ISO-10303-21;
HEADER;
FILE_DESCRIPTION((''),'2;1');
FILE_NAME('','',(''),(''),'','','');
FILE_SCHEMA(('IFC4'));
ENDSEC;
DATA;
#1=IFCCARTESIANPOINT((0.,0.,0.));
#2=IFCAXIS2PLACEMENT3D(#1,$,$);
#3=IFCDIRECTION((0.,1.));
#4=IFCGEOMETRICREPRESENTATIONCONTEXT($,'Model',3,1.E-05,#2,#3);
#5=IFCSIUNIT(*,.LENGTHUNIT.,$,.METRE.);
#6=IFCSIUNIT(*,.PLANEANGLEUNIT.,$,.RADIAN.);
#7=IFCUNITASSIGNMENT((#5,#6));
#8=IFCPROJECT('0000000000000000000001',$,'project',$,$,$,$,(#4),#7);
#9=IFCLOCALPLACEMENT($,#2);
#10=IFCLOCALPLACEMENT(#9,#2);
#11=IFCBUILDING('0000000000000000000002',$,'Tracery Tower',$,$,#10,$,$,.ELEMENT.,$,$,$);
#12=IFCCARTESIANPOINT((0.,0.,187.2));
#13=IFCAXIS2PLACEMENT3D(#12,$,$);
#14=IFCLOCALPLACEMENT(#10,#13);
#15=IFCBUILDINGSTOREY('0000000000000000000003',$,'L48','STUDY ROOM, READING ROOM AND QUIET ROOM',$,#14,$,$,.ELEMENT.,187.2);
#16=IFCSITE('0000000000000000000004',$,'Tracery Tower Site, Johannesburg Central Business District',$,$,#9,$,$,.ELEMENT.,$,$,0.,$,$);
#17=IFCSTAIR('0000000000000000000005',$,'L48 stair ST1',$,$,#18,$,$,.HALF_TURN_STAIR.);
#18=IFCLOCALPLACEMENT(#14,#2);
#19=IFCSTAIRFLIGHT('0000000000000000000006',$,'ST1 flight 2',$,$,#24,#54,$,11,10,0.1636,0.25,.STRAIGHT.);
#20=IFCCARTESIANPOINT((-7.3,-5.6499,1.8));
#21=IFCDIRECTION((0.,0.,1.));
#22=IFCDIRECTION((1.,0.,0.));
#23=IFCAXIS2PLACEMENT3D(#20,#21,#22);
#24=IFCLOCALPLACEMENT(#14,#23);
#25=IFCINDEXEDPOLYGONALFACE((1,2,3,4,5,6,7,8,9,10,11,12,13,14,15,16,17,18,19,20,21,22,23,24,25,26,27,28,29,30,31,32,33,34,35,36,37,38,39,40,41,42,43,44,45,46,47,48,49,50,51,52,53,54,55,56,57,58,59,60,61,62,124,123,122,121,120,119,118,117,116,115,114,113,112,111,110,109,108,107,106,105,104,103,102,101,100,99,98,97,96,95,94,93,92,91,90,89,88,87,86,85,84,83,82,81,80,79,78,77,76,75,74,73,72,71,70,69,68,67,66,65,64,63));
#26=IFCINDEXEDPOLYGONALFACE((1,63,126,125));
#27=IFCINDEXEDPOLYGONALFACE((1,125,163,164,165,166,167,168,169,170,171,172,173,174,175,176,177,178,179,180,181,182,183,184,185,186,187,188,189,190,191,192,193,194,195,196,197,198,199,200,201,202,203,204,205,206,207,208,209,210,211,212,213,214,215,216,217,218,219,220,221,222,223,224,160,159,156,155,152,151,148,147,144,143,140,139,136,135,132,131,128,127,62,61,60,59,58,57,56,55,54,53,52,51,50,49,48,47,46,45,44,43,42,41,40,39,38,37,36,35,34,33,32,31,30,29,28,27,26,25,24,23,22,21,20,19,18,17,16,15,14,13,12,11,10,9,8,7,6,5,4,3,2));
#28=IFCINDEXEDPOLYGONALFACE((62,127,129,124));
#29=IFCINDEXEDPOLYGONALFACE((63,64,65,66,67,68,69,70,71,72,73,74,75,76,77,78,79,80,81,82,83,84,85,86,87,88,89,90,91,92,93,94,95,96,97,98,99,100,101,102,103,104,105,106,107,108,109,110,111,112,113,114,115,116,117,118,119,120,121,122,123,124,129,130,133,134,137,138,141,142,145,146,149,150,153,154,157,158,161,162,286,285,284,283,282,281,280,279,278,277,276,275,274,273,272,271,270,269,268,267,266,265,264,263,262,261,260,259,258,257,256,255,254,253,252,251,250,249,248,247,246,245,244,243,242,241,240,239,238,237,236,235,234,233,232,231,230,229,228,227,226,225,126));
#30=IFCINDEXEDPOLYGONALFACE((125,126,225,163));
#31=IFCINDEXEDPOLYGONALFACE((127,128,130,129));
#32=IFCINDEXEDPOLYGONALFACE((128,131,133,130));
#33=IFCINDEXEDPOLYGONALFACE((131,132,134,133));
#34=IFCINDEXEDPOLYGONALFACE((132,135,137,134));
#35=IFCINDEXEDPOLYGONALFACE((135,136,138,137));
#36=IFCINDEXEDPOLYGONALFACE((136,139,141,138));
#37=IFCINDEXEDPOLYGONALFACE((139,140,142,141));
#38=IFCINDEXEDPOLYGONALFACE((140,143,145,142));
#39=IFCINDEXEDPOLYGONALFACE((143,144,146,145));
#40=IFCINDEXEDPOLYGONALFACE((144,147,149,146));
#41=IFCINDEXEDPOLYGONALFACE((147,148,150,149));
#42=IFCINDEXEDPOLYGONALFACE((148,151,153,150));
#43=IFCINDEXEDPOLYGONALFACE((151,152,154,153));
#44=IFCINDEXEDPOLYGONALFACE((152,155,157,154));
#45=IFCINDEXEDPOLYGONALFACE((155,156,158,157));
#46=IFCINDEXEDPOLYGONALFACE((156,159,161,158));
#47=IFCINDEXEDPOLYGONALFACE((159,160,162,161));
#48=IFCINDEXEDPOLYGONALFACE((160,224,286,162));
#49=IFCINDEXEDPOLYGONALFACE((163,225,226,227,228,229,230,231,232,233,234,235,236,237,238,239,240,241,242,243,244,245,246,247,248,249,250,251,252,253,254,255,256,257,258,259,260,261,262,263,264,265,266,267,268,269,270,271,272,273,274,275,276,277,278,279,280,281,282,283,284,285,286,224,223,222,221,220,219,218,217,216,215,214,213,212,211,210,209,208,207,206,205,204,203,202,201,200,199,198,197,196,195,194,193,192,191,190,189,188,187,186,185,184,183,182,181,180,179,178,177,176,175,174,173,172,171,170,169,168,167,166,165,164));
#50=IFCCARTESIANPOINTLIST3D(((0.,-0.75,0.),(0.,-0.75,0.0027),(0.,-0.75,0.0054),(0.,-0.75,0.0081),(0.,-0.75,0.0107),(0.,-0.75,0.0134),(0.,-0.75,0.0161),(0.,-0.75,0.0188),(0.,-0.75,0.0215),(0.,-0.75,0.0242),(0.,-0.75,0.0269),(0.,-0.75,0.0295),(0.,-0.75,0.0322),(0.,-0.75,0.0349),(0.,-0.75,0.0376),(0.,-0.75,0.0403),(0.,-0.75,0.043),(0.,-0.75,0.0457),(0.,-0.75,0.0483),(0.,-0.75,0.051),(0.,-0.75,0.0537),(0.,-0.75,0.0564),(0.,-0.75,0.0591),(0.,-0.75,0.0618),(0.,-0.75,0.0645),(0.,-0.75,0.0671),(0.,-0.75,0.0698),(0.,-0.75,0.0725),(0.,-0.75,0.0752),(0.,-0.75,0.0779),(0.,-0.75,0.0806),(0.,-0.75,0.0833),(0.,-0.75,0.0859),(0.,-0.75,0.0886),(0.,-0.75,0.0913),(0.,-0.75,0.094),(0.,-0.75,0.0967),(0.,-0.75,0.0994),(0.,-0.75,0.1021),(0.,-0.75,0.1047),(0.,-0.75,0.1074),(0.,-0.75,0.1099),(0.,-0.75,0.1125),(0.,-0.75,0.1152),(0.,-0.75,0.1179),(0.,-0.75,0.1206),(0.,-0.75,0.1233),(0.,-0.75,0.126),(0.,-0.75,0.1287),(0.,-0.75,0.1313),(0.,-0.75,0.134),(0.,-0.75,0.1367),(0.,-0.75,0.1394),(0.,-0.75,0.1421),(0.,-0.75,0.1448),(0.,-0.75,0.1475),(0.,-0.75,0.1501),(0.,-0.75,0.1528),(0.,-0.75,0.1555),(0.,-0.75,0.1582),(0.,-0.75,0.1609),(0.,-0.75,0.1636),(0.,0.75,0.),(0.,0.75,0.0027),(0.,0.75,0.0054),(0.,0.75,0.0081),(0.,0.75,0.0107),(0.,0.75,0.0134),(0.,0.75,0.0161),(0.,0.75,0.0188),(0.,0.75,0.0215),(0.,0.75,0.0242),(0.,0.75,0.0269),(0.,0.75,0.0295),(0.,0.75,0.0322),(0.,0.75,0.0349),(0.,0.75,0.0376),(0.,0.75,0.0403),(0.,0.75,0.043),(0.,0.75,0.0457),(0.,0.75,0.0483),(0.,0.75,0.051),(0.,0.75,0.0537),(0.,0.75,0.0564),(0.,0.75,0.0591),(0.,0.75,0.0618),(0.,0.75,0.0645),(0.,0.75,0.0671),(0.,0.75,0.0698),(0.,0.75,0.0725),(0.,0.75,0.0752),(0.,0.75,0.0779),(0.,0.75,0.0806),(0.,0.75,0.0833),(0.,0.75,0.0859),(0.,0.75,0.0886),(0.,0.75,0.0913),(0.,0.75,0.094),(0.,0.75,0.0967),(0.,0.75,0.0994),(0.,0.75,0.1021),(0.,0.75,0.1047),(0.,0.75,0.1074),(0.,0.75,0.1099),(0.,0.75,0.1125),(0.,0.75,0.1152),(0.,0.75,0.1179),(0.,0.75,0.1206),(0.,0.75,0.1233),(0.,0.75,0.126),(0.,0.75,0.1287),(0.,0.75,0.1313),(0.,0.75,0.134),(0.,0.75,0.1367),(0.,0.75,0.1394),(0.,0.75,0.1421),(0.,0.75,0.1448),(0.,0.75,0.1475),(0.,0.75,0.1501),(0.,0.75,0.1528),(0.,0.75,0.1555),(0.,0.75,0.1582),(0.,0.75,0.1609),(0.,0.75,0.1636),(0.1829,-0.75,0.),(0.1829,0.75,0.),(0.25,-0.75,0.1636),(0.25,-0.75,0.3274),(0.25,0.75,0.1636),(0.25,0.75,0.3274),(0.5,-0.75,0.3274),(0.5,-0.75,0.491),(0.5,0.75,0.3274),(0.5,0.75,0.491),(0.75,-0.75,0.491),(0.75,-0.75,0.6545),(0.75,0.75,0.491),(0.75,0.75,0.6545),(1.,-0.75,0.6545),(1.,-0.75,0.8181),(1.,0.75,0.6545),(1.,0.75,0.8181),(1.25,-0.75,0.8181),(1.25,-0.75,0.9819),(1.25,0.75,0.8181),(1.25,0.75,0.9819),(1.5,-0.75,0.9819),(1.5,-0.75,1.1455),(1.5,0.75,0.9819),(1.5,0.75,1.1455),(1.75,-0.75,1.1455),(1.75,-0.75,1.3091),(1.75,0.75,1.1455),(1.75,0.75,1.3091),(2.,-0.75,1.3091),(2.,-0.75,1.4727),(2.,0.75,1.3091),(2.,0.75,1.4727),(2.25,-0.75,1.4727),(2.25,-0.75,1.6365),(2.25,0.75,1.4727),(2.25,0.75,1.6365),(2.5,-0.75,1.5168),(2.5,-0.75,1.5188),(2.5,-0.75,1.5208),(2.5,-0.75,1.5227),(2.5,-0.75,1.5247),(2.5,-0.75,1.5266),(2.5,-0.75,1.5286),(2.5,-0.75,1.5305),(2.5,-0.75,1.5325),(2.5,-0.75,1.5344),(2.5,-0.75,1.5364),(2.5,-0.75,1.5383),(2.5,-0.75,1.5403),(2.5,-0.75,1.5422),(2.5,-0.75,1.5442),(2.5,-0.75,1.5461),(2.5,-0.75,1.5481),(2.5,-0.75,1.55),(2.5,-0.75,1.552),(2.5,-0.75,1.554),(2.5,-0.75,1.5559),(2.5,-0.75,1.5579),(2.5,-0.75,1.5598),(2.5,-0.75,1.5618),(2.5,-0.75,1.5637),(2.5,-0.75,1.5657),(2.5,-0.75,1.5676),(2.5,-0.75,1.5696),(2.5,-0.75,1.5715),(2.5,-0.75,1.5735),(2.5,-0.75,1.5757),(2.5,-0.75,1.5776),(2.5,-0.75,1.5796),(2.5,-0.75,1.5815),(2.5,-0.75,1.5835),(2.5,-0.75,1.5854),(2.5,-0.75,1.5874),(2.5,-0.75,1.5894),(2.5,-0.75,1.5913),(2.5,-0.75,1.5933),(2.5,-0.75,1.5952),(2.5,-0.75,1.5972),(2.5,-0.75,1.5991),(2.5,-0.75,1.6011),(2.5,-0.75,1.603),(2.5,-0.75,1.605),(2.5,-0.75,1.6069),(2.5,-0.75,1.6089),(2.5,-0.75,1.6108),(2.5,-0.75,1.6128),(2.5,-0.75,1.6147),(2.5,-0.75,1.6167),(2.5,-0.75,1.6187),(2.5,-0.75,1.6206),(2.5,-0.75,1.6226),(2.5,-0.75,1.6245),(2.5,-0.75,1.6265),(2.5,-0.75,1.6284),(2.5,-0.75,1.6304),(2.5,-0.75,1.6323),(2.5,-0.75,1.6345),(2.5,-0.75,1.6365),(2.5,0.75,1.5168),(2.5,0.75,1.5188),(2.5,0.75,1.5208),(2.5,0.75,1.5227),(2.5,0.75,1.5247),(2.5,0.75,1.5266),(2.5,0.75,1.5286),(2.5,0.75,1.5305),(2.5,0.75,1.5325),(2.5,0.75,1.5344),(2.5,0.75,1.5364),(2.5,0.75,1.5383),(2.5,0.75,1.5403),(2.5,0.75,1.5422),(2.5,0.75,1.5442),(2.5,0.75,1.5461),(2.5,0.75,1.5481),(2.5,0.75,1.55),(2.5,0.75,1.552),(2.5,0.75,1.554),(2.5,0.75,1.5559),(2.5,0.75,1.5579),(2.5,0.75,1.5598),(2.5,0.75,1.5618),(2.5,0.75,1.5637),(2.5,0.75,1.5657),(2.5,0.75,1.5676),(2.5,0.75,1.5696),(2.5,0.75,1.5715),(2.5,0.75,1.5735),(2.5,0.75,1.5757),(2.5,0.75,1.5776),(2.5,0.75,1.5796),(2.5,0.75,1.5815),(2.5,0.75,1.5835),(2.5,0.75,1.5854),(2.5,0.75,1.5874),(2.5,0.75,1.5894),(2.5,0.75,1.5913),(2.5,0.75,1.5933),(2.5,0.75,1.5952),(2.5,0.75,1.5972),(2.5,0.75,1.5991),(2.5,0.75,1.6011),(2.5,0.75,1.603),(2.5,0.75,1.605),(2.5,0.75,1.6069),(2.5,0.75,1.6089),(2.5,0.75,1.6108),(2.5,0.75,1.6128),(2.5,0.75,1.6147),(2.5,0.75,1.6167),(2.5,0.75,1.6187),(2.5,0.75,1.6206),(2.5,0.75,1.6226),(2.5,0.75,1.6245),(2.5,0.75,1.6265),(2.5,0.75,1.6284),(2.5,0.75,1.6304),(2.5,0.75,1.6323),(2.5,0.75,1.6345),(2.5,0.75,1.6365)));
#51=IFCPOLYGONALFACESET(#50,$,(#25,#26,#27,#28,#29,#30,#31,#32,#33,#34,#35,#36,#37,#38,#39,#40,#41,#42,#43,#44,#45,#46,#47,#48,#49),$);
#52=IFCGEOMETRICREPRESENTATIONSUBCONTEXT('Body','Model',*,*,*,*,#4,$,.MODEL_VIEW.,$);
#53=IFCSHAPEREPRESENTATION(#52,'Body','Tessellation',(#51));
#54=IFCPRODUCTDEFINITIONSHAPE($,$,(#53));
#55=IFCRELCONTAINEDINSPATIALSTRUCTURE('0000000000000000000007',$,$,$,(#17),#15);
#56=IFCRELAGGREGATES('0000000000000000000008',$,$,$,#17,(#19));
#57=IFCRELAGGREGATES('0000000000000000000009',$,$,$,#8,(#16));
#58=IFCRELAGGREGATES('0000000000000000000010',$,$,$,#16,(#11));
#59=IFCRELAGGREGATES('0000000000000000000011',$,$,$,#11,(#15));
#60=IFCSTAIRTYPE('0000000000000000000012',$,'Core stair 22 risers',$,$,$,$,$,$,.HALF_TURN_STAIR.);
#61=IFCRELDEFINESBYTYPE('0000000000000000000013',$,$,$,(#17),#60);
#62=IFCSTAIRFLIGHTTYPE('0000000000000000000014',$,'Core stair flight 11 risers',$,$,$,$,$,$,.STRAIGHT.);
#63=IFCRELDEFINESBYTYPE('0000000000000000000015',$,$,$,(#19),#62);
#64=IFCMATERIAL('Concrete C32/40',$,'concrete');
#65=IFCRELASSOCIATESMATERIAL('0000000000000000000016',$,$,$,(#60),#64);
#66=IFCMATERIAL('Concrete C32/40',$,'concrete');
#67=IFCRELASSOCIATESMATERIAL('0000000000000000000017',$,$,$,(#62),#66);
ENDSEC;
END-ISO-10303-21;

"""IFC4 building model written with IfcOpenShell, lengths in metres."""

from ifc_helpers import new_model, si_unit, direction, frame, origin, place, context, subcontext, project, spatial, polyline, outline, extrude, material, type_object, element, aggregate, save


model = new_model("IFC4")

# Units and contexts
model_context = context("Model", 3, precision=1e-05, world=origin(), true_north=direction((0.0, 1.0)))
body_context = subcontext(model_context, "Body", "Model", "MODEL_VIEW")
ifc_project = project(units=[si_unit("LENGTHUNIT", "METRE"), si_unit("PLANEANGLEUNIT", "RADIAN")], contexts=[model_context])

# Site, building, storey
site_placement = place(None, origin())
site = spatial("IfcSite", under=ifc_project, at=site_placement, Name="Tracery Tower Site, Johannesburg Central Business District", CompositionType="ELEMENT", RefElevation=0.0)
building_placement = place(site_placement, origin())
building = spatial("IfcBuilding", under=site, at=building_placement, Name="Tracery Tower", CompositionType="ELEMENT")
storey_placement = place(building_placement, frame((0.0, 0.0, 187.2)))
storey = spatial("IfcBuildingStorey", under=building, at=storey_placement, Name="L48", Description="STUDY ROOM, READING ROOM AND QUIET ROOM", CompositionType="ELEMENT", Elevation=187.2)

# Stair, stair flight
ifc_material_1 = material(Name="Concrete C32/40", Category="concrete")
stair_type = type_object("IfcStairType", Name="Core stair 22 risers", PredefinedType="HALF_TURN_STAIR", material=ifc_material_1)
stair_placement = place(storey_placement, origin())
stair = element("IfcStair", 1, at=stair_placement, inside=storey, type_object=stair_type, Name="L48 stair ST1", PredefinedType="HALF_TURN_STAIR")
ifc_material_2 = material(Name="Concrete C32/40", Category="concrete")
stair_flight_type = type_object("IfcStairFlightType", Name="Core stair flight 11 risers", PredefinedType="STRAIGHT", material=ifc_material_2)
stair_flight_1_placement = place(storey_placement, frame((-7.3, -5.6499, 1.8), z_axis=(0.0, 0.0, 1.0), x_axis=(1.0, 0.0, 0.0)))
stair_flight_1 = element("IfcStairFlight", 2, at=stair_flight_1_placement, type_object=stair_flight_type, Name="ST1 flight 2", NumberOfRisers=11, NumberOfTreads=10, PredefinedType="STRAIGHT", RiserHeight=0.1636, TreadLength=0.25, context=body_context, shape_type="SweptSolid", body=[
    extrude(outline(polyline([(0.0, 0.0), (0.0, 0.0027), (0.0, 0.0054), (0.0, 0.0081), (0.0, 0.0107), (0.0, 0.0134), (0.0, 0.0161), (0.0, 0.0188), (0.0, 0.0215), (0.0, 0.0242), (0.0, 0.0269), (0.0, 0.0295), (0.0, 0.0322), (0.0, 0.0349), (0.0, 0.0376), (0.0, 0.0403), (0.0, 0.043), (0.0, 0.0457), (0.0, 0.0483), (0.0, 0.051), (0.0, 0.0537), (0.0, 0.0564), (0.0, 0.0591), (0.0, 0.0618), (0.0, 0.0645), (0.0, 0.0671), (0.0, 0.0698), (0.0, 0.0725), (0.0, 0.0752), (0.0, 0.0779), (0.0, 0.0806), (0.0, 0.0833), (0.0, 0.0859), (0.0, 0.0886), (0.0, 0.0913), (0.0, 0.094), (0.0, 0.0967), (0.0, 0.0994), (0.0, 0.1021), (0.0, 0.1047), (0.0, 0.1074), (0.0, 0.1099), (0.0, 0.1125), (0.0, 0.1152), (0.0, 0.1179), (0.0, 0.1206), (0.0, 0.1233), (0.0, 0.126), (0.0, 0.1287), (0.0, 0.1313), (0.0, 0.134), (0.0, 0.1367), (0.0, 0.1394), (0.0, 0.1421), (0.0, 0.1448), (0.0, 0.1475), (0.0, 0.1501), (0.0, 0.1528), (0.0, 0.1555), (0.0, 0.1582), (0.0, 0.1609), (0.0, 0.1636), (0.25, 0.1636), (0.25, 0.3274), (0.5, 0.3274), (0.5, 0.491), (0.75, 0.491), (0.75, 0.6545), (1.0, 0.6545), (1.0, 0.8181), (1.25, 0.8181), (1.25, 0.9819), (1.5, 0.9819), (1.5, 1.1455), (1.75, 1.1455), (1.75, 1.3091), (2.0, 1.3091), (2.0, 1.4727), (2.25, 1.4727), (2.25, 1.6365), (2.5, 1.6365), (2.5, 1.6345), (2.5, 1.6323), (2.5, 1.6304), (2.5, 1.6284), (2.5, 1.6265), (2.5, 1.6245), (2.5, 1.6226), (2.5, 1.6206), (2.5, 1.6187), (2.5, 1.6167), (2.5, 1.6147), (2.5, 1.6128), (2.5, 1.6108), (2.5, 1.6089), (2.5, 1.6069), (2.5, 1.605), (2.5, 1.603), (2.5, 1.6011), (2.5, 1.5991), (2.5, 1.5972), (2.5, 1.5952), (2.5, 1.5933), (2.5, 1.5913), (2.5, 1.5894), (2.5, 1.5874), (2.5, 1.5854), (2.5, 1.5835), (2.5, 1.5815), (2.5, 1.5796), (2.5, 1.5776), (2.5, 1.5757), (2.5, 1.5735), (2.5, 1.5715), (2.5, 1.5696), (2.5, 1.5676), (2.5, 1.5657), (2.5, 1.5637), (2.5, 1.5618), (2.5, 1.5598), (2.5, 1.5579), (2.5, 1.5559), (2.5, 1.554), (2.5, 1.552), (2.5, 1.55), (2.5, 1.5481), (2.5, 1.5461), (2.5, 1.5442), (2.5, 1.5422), (2.5, 1.5403), (2.5, 1.5383), (2.5, 1.5364), (2.5, 1.5344), (2.5, 1.5325), (2.5, 1.5305), (2.5, 1.5286), (2.5, 1.5266), (2.5, 1.5247), (2.5, 1.5227), (2.5, 1.5208), (2.5, 1.5188), (2.5, 1.5168), (0.1829, 0.0), (0.0, 0.0)])), frame((0.0, 0.75, 0.0), z_axis=(0.0, -1.0, 0.0), x_axis=(1.0, 0.0, 0.0)), (0.0, 0.0, 1.0), 1.5),
])
aggregate(stair, [stair_flight_1])

save(model, "model.ifc")
